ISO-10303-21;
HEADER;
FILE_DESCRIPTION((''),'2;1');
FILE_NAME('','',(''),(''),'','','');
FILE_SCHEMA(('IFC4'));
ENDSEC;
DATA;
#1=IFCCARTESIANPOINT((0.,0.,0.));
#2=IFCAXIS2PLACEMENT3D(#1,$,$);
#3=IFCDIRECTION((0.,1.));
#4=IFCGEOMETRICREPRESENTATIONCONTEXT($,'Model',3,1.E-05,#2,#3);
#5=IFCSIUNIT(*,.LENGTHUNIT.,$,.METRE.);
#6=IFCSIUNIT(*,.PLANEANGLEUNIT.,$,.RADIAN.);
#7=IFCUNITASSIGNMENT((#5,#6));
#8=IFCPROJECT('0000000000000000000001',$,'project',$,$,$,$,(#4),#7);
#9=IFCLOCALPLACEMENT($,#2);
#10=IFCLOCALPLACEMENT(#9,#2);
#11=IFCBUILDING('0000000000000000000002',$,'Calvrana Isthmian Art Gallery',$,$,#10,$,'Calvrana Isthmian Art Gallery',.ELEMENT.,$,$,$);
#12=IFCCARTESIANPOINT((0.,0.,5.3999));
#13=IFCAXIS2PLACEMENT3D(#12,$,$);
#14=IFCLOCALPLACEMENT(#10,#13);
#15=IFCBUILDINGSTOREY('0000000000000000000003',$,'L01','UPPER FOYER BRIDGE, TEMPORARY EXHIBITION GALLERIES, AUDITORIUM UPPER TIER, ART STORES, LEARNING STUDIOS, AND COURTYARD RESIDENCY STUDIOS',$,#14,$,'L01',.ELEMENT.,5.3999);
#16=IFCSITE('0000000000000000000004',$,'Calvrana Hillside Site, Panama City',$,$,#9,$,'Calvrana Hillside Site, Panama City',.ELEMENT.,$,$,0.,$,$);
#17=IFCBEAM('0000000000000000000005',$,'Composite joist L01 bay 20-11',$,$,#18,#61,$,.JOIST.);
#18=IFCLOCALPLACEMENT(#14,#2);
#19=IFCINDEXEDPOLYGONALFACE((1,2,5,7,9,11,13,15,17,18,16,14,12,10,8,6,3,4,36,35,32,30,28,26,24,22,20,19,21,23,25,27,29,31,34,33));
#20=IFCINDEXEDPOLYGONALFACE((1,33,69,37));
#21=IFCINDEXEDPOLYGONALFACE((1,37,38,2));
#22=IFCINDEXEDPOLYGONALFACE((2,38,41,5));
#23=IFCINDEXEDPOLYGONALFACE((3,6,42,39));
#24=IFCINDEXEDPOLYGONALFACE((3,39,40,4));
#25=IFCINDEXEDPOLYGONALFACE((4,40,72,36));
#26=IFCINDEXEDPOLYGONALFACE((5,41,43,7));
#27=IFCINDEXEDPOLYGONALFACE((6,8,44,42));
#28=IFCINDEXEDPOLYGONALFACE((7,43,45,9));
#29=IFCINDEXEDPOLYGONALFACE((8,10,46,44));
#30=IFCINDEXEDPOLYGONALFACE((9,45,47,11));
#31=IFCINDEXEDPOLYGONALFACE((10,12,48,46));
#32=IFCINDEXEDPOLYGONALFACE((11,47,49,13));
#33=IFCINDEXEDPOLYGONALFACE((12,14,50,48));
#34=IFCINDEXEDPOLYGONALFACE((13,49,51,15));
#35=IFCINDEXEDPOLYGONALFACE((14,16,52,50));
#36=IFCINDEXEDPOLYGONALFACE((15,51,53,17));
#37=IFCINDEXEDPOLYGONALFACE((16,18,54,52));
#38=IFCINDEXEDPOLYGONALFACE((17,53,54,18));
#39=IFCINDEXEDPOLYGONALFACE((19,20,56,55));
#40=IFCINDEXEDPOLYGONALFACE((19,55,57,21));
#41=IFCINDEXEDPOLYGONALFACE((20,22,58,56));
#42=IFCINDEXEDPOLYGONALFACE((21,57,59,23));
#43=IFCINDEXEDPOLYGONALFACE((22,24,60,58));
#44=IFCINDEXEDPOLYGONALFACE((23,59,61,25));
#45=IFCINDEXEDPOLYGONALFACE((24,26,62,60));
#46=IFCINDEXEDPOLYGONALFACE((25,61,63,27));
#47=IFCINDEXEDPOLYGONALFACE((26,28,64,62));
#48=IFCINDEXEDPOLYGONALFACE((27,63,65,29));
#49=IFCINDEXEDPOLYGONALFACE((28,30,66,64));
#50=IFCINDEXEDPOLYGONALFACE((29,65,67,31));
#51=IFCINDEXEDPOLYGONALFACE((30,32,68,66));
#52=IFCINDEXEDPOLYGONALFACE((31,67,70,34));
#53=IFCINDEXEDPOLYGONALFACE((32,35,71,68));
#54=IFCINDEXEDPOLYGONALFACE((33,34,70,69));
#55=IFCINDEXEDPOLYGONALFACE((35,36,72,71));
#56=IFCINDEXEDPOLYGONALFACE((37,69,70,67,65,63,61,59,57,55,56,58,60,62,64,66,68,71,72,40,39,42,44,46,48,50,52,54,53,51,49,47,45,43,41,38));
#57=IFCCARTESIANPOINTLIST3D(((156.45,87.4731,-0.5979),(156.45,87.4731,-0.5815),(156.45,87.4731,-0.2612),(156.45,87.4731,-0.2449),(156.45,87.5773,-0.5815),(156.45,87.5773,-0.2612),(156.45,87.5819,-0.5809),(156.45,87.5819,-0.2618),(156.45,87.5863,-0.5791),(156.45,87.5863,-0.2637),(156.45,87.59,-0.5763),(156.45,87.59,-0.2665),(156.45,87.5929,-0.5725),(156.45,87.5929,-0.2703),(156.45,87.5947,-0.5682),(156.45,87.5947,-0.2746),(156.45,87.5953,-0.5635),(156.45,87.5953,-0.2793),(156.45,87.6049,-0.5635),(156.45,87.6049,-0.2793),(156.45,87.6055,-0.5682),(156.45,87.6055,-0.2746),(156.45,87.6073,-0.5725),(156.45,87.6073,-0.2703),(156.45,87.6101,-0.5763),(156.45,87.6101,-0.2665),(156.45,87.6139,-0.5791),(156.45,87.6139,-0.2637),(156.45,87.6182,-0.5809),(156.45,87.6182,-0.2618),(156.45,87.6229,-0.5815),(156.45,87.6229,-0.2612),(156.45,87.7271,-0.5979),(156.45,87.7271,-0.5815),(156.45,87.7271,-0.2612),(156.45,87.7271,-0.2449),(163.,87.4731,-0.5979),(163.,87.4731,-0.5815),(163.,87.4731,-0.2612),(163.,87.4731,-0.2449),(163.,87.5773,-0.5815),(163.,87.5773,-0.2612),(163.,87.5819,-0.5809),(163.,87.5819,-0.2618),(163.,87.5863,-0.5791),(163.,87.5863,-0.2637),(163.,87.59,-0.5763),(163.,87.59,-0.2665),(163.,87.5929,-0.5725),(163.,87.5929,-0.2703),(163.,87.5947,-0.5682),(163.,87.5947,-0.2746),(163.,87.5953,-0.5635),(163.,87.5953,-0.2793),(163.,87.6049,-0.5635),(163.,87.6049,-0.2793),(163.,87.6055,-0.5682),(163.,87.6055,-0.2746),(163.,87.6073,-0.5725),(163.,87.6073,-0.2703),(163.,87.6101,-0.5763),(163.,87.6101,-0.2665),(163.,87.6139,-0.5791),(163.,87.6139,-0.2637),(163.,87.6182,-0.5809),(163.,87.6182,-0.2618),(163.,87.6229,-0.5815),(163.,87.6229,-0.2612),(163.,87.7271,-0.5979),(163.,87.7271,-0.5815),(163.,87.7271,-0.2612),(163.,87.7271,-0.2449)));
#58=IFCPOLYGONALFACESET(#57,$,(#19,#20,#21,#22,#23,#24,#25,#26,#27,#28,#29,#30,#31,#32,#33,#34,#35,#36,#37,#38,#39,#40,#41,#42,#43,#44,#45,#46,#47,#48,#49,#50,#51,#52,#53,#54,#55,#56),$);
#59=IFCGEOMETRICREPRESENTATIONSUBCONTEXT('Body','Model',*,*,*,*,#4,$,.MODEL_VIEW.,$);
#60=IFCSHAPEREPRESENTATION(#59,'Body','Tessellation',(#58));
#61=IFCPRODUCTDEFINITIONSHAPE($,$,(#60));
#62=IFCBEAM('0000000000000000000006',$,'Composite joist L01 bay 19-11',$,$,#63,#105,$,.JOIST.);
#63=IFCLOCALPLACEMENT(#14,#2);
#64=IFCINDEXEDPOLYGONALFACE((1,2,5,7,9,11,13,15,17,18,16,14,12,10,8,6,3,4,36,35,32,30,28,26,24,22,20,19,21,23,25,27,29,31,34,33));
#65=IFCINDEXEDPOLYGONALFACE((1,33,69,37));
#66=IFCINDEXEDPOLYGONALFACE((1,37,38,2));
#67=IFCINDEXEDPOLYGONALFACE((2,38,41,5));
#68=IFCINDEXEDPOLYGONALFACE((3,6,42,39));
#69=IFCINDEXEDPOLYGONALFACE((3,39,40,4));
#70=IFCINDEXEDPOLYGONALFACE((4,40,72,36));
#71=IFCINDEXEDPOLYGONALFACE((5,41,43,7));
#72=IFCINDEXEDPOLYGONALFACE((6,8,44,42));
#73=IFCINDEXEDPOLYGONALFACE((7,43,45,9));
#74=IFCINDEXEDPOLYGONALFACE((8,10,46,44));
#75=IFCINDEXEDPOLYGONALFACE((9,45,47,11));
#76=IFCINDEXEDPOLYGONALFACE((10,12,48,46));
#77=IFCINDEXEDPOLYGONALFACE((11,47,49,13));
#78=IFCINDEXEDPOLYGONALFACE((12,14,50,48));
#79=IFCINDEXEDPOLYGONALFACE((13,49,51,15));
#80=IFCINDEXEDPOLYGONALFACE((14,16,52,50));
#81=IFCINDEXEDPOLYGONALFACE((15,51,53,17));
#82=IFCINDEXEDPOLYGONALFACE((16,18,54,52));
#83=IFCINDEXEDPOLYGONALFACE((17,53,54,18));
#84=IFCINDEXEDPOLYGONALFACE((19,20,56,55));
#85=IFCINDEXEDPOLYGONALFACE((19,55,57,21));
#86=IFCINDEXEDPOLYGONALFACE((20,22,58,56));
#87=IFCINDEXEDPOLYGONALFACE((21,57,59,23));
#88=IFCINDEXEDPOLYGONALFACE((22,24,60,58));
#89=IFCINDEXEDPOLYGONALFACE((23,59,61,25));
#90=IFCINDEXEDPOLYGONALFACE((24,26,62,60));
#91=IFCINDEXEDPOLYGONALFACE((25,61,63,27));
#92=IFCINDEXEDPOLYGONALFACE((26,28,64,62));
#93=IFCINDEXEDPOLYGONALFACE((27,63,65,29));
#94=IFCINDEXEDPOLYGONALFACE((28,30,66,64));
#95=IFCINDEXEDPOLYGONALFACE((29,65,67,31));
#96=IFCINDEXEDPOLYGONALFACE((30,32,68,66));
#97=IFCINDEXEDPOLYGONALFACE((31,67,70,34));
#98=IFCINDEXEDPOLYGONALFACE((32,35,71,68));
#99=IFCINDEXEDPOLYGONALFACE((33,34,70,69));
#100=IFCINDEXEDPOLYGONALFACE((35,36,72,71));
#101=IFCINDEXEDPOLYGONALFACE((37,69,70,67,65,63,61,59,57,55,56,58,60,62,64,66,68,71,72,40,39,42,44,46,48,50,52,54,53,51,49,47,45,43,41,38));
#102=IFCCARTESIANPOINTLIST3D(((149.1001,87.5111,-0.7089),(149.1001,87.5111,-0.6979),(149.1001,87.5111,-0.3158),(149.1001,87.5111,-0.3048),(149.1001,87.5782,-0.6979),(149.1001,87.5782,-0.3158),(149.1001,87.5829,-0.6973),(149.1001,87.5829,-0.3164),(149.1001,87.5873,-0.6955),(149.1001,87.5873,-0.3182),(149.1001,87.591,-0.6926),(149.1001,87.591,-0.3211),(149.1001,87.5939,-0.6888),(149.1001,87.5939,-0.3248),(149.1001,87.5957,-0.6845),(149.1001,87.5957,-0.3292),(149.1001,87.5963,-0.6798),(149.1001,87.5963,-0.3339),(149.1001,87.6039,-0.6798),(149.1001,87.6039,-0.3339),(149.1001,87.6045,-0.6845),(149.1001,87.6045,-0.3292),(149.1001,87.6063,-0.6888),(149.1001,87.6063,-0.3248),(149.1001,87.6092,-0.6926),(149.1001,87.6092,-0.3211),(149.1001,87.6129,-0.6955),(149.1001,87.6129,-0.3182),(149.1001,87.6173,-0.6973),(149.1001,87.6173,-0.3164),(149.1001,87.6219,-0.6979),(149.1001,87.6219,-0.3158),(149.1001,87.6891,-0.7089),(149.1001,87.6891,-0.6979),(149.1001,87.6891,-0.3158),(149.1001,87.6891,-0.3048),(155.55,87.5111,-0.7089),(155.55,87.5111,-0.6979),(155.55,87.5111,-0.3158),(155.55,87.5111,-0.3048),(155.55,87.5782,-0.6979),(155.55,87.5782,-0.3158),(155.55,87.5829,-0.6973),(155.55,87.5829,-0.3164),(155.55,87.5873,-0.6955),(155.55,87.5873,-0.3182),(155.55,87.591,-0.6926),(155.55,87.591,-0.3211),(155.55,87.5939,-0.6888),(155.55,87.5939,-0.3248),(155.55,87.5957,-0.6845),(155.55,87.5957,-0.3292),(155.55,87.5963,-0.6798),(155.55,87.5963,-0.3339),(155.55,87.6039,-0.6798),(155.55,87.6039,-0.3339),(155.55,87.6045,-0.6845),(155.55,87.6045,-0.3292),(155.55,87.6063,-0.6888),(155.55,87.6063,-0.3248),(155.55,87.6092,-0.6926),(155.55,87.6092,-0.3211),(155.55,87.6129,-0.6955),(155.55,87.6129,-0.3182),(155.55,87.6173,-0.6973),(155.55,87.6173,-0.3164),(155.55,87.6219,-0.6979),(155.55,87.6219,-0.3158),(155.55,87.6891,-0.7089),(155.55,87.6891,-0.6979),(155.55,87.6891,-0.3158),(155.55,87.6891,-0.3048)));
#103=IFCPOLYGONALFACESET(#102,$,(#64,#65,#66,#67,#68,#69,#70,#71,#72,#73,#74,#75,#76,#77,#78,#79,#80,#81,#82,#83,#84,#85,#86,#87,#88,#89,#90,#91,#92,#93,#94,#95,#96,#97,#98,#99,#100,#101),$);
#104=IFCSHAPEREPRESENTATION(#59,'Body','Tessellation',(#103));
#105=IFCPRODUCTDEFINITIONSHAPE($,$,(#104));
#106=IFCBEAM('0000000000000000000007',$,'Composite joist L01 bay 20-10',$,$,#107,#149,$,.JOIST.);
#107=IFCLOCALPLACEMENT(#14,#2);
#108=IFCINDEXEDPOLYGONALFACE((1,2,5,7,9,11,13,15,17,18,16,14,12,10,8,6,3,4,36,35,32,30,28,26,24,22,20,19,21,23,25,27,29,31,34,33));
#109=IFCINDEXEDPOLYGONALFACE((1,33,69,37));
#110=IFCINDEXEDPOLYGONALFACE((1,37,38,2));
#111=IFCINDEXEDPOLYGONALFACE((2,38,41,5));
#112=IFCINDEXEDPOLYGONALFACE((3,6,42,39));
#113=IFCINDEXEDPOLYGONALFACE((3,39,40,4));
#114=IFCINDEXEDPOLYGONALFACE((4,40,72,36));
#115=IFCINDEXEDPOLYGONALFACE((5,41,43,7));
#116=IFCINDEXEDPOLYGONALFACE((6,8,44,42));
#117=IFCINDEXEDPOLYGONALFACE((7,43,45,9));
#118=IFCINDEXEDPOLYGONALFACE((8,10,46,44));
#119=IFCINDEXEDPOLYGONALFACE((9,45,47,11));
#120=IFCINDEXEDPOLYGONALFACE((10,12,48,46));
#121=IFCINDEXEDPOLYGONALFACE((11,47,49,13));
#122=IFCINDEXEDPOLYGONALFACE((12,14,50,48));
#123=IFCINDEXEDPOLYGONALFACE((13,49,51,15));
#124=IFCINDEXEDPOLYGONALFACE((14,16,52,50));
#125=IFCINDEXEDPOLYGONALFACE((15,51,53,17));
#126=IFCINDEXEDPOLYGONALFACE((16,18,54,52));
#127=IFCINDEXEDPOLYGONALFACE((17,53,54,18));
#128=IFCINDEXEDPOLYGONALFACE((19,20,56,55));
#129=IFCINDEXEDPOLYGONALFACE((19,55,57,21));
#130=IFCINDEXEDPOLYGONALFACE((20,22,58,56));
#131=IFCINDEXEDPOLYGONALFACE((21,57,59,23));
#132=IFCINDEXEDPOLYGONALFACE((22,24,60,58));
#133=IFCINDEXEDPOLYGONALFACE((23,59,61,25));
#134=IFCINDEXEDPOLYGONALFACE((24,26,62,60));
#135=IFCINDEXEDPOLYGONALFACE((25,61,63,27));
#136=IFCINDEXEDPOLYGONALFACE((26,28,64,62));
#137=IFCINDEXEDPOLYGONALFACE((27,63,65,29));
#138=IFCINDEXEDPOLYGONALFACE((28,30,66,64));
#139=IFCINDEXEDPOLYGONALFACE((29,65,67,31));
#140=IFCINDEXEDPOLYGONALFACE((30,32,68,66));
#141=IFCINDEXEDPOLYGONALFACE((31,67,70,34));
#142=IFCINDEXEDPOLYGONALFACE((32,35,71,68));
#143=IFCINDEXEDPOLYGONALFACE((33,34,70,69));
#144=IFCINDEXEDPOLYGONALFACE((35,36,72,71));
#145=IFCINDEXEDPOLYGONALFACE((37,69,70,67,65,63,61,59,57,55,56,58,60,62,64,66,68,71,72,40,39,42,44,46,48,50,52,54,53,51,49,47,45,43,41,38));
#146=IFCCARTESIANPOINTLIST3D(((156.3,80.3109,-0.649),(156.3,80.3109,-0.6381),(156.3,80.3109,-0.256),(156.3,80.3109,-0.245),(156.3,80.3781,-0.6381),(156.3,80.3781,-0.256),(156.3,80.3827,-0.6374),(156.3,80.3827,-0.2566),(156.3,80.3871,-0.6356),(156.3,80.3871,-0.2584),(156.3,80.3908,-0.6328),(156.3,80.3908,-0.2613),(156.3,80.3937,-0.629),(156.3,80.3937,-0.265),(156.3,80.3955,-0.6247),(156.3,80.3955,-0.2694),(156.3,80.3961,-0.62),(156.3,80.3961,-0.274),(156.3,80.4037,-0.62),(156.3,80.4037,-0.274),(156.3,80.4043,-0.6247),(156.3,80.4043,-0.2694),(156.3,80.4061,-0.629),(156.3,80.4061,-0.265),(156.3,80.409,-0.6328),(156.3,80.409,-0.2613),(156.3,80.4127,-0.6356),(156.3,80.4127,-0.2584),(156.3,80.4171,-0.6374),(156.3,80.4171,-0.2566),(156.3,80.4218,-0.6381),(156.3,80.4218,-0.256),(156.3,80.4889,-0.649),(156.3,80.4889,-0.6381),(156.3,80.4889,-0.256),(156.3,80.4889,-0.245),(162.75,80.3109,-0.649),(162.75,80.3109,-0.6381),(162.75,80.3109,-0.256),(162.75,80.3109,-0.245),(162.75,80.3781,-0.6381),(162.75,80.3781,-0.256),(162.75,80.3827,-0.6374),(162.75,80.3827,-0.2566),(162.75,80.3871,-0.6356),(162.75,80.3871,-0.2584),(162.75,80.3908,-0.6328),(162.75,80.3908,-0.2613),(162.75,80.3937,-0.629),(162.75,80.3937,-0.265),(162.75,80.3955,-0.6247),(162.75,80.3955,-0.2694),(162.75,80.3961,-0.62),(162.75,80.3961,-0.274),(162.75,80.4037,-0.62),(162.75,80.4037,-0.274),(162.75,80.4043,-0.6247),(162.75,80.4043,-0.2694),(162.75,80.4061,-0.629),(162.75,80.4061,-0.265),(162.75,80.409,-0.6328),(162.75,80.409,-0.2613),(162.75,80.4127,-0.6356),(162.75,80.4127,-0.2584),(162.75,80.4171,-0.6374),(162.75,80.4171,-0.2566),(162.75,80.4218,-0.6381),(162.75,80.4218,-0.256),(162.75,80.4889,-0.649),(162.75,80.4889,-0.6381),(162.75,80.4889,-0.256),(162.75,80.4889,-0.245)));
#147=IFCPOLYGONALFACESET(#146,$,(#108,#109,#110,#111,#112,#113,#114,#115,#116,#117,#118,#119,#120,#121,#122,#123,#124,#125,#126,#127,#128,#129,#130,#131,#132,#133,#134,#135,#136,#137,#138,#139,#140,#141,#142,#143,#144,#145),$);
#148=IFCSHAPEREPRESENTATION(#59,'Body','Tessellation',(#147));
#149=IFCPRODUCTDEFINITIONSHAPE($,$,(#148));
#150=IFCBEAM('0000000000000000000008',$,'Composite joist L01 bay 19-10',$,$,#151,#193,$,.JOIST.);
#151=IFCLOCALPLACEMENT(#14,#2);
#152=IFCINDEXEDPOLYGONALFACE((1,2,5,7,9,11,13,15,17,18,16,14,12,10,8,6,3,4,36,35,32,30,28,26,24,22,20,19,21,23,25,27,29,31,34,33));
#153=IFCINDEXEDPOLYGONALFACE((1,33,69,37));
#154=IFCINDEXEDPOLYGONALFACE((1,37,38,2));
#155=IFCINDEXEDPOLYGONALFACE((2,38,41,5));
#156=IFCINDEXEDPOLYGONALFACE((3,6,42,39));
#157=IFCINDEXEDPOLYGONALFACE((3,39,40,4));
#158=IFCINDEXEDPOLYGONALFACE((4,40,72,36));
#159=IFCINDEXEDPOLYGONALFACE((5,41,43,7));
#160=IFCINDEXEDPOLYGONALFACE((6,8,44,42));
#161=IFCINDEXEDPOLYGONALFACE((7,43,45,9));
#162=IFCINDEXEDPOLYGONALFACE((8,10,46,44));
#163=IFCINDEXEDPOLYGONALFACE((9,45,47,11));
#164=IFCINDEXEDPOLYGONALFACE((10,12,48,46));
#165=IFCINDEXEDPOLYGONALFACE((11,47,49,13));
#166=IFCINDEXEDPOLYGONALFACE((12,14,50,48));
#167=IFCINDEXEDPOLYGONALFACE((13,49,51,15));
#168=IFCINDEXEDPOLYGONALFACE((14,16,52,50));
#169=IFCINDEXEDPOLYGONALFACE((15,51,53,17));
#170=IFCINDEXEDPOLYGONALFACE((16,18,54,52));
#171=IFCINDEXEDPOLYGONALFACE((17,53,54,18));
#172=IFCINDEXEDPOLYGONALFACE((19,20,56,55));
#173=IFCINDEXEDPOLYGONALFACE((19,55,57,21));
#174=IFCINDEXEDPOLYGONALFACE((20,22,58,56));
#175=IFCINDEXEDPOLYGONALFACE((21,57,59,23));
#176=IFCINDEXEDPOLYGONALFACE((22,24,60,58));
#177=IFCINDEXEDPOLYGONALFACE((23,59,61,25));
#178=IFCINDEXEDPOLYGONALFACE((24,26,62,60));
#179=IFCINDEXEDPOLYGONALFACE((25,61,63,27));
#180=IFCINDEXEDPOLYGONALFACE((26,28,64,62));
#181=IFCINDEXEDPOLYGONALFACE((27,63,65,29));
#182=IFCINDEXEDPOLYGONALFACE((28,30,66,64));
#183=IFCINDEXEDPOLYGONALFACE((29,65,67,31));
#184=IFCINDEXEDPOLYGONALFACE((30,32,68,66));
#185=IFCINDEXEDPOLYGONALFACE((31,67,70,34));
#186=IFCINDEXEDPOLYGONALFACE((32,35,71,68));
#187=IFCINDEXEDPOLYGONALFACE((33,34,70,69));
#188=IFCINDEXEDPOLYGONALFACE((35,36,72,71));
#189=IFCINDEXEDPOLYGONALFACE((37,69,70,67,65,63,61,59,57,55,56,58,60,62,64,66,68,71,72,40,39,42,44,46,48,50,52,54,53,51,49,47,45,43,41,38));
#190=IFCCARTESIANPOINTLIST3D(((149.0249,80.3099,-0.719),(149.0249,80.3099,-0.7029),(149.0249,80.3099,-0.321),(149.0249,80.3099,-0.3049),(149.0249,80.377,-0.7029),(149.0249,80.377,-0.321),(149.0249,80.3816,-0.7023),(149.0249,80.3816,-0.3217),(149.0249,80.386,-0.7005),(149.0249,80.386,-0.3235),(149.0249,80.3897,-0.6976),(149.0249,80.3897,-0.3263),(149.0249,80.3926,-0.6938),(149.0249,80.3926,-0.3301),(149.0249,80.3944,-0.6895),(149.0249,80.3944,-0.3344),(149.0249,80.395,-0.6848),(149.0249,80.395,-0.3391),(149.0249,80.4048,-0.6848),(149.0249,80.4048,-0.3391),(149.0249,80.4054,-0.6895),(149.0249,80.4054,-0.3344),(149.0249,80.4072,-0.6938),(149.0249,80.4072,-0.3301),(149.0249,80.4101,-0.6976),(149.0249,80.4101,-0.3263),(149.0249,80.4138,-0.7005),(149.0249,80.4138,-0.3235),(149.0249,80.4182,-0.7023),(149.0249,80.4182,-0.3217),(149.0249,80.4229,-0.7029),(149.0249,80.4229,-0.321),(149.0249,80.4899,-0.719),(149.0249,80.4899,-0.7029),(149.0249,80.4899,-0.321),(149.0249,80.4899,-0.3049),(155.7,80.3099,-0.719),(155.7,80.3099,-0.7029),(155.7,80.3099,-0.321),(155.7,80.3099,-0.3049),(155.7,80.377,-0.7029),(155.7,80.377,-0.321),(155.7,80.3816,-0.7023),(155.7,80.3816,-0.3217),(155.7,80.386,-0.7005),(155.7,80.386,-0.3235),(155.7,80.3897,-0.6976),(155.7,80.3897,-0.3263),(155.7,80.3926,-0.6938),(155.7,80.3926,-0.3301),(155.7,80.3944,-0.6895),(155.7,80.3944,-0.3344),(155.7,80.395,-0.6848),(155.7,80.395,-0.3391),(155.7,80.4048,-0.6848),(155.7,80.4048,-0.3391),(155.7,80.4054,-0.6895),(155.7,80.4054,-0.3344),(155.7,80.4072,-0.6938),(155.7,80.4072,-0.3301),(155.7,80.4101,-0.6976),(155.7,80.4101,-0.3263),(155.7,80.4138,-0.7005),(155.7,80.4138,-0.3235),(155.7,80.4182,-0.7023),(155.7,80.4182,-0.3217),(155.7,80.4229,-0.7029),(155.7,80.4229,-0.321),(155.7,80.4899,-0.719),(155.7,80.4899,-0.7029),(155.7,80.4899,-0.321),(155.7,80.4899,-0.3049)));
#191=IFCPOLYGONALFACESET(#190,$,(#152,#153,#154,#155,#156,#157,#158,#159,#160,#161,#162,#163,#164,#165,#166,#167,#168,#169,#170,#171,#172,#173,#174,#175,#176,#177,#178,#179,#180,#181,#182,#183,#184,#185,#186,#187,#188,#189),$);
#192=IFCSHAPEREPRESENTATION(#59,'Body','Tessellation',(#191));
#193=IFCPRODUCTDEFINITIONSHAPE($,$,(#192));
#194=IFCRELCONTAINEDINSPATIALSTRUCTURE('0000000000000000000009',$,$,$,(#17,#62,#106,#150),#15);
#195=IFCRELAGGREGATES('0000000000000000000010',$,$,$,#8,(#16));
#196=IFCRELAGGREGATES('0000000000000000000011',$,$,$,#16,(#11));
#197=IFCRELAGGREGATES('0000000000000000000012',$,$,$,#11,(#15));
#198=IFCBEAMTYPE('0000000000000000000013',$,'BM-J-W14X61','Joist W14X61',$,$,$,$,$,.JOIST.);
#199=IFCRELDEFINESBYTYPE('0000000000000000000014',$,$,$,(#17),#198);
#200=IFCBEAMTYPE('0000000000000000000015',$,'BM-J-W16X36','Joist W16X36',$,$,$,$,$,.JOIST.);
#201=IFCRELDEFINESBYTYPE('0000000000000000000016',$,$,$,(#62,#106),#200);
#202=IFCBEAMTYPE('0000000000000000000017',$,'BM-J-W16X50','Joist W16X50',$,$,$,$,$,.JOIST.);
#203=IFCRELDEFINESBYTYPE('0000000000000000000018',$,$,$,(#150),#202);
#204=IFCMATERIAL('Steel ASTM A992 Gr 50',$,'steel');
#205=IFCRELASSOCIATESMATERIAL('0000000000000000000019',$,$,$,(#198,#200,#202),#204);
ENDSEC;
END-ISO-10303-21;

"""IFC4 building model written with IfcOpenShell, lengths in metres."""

from ifc_helpers import new_model, si_unit, direction, frame, origin, origin_2d, place, context, subcontext, project, spatial, i_section, extrude, material, material_profile, profile_set, type_object, element, save


model = new_model("IFC4")

# Units and contexts
model_context = context("Model", 3, precision=1e-05, world=origin(), true_north=direction((0.0, 1.0)))
body_context = subcontext(model_context, "Body", "Model", "MODEL_VIEW")
ifc_project = project(units=[si_unit("LENGTHUNIT", "METRE"), si_unit("PLANEANGLEUNIT", "RADIAN")], contexts=[model_context])

# Site, building, storey
site_placement = place(None, origin())
site = spatial("IfcSite", under=ifc_project, at=site_placement, Name="Calvrana Hillside Site, Panama City", LongName="Calvrana Hillside Site, Panama City", CompositionType="ELEMENT", RefElevation=0.0)
building_placement = place(site_placement, origin())
building = spatial("IfcBuilding", under=site, at=building_placement, Name="Calvrana Isthmian Art Gallery", LongName="Calvrana Isthmian Art Gallery", CompositionType="ELEMENT")
storey_placement = place(building_placement, frame((0.0, 0.0, 5.3999)))
storey = spatial("IfcBuildingStorey", under=building, at=storey_placement, Name="L01", Description="UPPER FOYER BRIDGE, TEMPORARY EXHIBITION GALLERIES, AUDITORIUM UPPER TIER, ART STORES, LEARNING STUDIOS, AND COURTYARD RESIDENCY STUDIOS", LongName="L01", CompositionType="ELEMENT", Elevation=5.3999)

# Beams
ifc_material_1 = material(Name="Steel ASTM A992 Gr 50", Category="steel")
ifc_material_profile_1 = material_profile(ifc_material_1, i_section(OverallWidth=0.2539, OverallDepth=0.353, WebThickness=0.0095, FlangeThickness=0.0164, FilletRadius=0.0181, at=origin_2d()), Name="W14X61")
ifc_profile_set_1 = profile_set([ifc_material_profile_1], Name="Steel ASTM A992 Gr 50")
beam_type_1 = type_object("IfcBeamType", Name="BM-J-W14X61", Description="Joist W14X61", PredefinedType="JOIST", material=ifc_profile_set_1)
beam_1_placement = place(storey_placement, frame((156.45, 87.6001, -0.4214), z_axis=(1.0, 0.0, 0.0), x_axis=(0.0, 1.0, 0.0)))
element("IfcBeam", 1, at=beam_1_placement, inside=storey, type_object=beam_type_1, Name="Composite joist L01 bay 20-11", PredefinedType="JOIST", context=body_context, shape_type="SweptSolid", body=[
    extrude(i_section(OverallWidth=0.2539, OverallDepth=0.353, WebThickness=0.0095, FlangeThickness=0.0164, FilletRadius=0.0181, at=origin_2d()), origin(), (0.0, 0.0, 1.0), 6.55),
])
ifc_material_profile_2 = material_profile(ifc_material_1, i_section(OverallWidth=0.178, OverallDepth=0.4041, WebThickness=0.0076, FlangeThickness=0.011, FilletRadius=0.0181, at=origin_2d()), Name="W16X36")
ifc_profile_set_2 = profile_set([ifc_material_profile_2], Name="Steel ASTM A992 Gr 50")
beam_type_2 = type_object("IfcBeamType", Name="BM-J-W16X36", Description="Joist W16X36", PredefinedType="JOIST", material=ifc_profile_set_2)
for number, where, z_axis, x_axis, name in (
    (2, (149.1001, 87.6001, -0.5068), (1.0, 0.0, 0.0), (0.0, 1.0, 0.0), "Composite joist L01 bay 19-11"),
    (3, (156.3, 80.3999, -0.447), (1.0, 0.0, 0.0), (0.0, 1.0, 0.0), "Composite joist L01 bay 20-10"),
):
    element("IfcBeam", number, at=place(storey_placement, frame(where, z_axis=z_axis, x_axis=x_axis)), inside=storey, type_object=beam_type_2, Name=name, PredefinedType="JOIST", context=body_context, shape_type="SweptSolid", body=[
        extrude(i_section(OverallWidth=0.178, OverallDepth=0.4041, WebThickness=0.0076, FlangeThickness=0.011, FilletRadius=0.0181, at=origin_2d()), origin(), (0.0, 0.0, 1.0), 6.45),
    ])
ifc_material_profile_3 = material_profile(ifc_material_1, i_section(OverallWidth=0.1799, OverallDepth=0.4141, WebThickness=0.0098, FlangeThickness=0.0161, FilletRadius=0.0181, at=origin_2d()), Name="W16X50")
ifc_profile_set_3 = profile_set([ifc_material_profile_3], Name="Steel ASTM A992 Gr 50")
beam_type_3 = type_object("IfcBeamType", Name="BM-J-W16X50", Description="Joist W16X50", PredefinedType="JOIST", material=ifc_profile_set_3)
beam_2_placement = place(storey_placement, frame((149.0249, 80.3999, -0.512), z_axis=(1.0, 0.0, 0.0), x_axis=(0.0, 1.0, 0.0)))
element("IfcBeam", 4, at=beam_2_placement, inside=storey, type_object=beam_type_3, Name="Composite joist L01 bay 19-10", PredefinedType="JOIST", context=body_context, shape_type="SweptSolid", body=[
    extrude(i_section(OverallWidth=0.1799, OverallDepth=0.4141, WebThickness=0.0098, FlangeThickness=0.0161, FilletRadius=0.0181, at=origin_2d()), origin(), (0.0, 0.0, 1.0), 6.675),
])

save(model, "model.ifc")
